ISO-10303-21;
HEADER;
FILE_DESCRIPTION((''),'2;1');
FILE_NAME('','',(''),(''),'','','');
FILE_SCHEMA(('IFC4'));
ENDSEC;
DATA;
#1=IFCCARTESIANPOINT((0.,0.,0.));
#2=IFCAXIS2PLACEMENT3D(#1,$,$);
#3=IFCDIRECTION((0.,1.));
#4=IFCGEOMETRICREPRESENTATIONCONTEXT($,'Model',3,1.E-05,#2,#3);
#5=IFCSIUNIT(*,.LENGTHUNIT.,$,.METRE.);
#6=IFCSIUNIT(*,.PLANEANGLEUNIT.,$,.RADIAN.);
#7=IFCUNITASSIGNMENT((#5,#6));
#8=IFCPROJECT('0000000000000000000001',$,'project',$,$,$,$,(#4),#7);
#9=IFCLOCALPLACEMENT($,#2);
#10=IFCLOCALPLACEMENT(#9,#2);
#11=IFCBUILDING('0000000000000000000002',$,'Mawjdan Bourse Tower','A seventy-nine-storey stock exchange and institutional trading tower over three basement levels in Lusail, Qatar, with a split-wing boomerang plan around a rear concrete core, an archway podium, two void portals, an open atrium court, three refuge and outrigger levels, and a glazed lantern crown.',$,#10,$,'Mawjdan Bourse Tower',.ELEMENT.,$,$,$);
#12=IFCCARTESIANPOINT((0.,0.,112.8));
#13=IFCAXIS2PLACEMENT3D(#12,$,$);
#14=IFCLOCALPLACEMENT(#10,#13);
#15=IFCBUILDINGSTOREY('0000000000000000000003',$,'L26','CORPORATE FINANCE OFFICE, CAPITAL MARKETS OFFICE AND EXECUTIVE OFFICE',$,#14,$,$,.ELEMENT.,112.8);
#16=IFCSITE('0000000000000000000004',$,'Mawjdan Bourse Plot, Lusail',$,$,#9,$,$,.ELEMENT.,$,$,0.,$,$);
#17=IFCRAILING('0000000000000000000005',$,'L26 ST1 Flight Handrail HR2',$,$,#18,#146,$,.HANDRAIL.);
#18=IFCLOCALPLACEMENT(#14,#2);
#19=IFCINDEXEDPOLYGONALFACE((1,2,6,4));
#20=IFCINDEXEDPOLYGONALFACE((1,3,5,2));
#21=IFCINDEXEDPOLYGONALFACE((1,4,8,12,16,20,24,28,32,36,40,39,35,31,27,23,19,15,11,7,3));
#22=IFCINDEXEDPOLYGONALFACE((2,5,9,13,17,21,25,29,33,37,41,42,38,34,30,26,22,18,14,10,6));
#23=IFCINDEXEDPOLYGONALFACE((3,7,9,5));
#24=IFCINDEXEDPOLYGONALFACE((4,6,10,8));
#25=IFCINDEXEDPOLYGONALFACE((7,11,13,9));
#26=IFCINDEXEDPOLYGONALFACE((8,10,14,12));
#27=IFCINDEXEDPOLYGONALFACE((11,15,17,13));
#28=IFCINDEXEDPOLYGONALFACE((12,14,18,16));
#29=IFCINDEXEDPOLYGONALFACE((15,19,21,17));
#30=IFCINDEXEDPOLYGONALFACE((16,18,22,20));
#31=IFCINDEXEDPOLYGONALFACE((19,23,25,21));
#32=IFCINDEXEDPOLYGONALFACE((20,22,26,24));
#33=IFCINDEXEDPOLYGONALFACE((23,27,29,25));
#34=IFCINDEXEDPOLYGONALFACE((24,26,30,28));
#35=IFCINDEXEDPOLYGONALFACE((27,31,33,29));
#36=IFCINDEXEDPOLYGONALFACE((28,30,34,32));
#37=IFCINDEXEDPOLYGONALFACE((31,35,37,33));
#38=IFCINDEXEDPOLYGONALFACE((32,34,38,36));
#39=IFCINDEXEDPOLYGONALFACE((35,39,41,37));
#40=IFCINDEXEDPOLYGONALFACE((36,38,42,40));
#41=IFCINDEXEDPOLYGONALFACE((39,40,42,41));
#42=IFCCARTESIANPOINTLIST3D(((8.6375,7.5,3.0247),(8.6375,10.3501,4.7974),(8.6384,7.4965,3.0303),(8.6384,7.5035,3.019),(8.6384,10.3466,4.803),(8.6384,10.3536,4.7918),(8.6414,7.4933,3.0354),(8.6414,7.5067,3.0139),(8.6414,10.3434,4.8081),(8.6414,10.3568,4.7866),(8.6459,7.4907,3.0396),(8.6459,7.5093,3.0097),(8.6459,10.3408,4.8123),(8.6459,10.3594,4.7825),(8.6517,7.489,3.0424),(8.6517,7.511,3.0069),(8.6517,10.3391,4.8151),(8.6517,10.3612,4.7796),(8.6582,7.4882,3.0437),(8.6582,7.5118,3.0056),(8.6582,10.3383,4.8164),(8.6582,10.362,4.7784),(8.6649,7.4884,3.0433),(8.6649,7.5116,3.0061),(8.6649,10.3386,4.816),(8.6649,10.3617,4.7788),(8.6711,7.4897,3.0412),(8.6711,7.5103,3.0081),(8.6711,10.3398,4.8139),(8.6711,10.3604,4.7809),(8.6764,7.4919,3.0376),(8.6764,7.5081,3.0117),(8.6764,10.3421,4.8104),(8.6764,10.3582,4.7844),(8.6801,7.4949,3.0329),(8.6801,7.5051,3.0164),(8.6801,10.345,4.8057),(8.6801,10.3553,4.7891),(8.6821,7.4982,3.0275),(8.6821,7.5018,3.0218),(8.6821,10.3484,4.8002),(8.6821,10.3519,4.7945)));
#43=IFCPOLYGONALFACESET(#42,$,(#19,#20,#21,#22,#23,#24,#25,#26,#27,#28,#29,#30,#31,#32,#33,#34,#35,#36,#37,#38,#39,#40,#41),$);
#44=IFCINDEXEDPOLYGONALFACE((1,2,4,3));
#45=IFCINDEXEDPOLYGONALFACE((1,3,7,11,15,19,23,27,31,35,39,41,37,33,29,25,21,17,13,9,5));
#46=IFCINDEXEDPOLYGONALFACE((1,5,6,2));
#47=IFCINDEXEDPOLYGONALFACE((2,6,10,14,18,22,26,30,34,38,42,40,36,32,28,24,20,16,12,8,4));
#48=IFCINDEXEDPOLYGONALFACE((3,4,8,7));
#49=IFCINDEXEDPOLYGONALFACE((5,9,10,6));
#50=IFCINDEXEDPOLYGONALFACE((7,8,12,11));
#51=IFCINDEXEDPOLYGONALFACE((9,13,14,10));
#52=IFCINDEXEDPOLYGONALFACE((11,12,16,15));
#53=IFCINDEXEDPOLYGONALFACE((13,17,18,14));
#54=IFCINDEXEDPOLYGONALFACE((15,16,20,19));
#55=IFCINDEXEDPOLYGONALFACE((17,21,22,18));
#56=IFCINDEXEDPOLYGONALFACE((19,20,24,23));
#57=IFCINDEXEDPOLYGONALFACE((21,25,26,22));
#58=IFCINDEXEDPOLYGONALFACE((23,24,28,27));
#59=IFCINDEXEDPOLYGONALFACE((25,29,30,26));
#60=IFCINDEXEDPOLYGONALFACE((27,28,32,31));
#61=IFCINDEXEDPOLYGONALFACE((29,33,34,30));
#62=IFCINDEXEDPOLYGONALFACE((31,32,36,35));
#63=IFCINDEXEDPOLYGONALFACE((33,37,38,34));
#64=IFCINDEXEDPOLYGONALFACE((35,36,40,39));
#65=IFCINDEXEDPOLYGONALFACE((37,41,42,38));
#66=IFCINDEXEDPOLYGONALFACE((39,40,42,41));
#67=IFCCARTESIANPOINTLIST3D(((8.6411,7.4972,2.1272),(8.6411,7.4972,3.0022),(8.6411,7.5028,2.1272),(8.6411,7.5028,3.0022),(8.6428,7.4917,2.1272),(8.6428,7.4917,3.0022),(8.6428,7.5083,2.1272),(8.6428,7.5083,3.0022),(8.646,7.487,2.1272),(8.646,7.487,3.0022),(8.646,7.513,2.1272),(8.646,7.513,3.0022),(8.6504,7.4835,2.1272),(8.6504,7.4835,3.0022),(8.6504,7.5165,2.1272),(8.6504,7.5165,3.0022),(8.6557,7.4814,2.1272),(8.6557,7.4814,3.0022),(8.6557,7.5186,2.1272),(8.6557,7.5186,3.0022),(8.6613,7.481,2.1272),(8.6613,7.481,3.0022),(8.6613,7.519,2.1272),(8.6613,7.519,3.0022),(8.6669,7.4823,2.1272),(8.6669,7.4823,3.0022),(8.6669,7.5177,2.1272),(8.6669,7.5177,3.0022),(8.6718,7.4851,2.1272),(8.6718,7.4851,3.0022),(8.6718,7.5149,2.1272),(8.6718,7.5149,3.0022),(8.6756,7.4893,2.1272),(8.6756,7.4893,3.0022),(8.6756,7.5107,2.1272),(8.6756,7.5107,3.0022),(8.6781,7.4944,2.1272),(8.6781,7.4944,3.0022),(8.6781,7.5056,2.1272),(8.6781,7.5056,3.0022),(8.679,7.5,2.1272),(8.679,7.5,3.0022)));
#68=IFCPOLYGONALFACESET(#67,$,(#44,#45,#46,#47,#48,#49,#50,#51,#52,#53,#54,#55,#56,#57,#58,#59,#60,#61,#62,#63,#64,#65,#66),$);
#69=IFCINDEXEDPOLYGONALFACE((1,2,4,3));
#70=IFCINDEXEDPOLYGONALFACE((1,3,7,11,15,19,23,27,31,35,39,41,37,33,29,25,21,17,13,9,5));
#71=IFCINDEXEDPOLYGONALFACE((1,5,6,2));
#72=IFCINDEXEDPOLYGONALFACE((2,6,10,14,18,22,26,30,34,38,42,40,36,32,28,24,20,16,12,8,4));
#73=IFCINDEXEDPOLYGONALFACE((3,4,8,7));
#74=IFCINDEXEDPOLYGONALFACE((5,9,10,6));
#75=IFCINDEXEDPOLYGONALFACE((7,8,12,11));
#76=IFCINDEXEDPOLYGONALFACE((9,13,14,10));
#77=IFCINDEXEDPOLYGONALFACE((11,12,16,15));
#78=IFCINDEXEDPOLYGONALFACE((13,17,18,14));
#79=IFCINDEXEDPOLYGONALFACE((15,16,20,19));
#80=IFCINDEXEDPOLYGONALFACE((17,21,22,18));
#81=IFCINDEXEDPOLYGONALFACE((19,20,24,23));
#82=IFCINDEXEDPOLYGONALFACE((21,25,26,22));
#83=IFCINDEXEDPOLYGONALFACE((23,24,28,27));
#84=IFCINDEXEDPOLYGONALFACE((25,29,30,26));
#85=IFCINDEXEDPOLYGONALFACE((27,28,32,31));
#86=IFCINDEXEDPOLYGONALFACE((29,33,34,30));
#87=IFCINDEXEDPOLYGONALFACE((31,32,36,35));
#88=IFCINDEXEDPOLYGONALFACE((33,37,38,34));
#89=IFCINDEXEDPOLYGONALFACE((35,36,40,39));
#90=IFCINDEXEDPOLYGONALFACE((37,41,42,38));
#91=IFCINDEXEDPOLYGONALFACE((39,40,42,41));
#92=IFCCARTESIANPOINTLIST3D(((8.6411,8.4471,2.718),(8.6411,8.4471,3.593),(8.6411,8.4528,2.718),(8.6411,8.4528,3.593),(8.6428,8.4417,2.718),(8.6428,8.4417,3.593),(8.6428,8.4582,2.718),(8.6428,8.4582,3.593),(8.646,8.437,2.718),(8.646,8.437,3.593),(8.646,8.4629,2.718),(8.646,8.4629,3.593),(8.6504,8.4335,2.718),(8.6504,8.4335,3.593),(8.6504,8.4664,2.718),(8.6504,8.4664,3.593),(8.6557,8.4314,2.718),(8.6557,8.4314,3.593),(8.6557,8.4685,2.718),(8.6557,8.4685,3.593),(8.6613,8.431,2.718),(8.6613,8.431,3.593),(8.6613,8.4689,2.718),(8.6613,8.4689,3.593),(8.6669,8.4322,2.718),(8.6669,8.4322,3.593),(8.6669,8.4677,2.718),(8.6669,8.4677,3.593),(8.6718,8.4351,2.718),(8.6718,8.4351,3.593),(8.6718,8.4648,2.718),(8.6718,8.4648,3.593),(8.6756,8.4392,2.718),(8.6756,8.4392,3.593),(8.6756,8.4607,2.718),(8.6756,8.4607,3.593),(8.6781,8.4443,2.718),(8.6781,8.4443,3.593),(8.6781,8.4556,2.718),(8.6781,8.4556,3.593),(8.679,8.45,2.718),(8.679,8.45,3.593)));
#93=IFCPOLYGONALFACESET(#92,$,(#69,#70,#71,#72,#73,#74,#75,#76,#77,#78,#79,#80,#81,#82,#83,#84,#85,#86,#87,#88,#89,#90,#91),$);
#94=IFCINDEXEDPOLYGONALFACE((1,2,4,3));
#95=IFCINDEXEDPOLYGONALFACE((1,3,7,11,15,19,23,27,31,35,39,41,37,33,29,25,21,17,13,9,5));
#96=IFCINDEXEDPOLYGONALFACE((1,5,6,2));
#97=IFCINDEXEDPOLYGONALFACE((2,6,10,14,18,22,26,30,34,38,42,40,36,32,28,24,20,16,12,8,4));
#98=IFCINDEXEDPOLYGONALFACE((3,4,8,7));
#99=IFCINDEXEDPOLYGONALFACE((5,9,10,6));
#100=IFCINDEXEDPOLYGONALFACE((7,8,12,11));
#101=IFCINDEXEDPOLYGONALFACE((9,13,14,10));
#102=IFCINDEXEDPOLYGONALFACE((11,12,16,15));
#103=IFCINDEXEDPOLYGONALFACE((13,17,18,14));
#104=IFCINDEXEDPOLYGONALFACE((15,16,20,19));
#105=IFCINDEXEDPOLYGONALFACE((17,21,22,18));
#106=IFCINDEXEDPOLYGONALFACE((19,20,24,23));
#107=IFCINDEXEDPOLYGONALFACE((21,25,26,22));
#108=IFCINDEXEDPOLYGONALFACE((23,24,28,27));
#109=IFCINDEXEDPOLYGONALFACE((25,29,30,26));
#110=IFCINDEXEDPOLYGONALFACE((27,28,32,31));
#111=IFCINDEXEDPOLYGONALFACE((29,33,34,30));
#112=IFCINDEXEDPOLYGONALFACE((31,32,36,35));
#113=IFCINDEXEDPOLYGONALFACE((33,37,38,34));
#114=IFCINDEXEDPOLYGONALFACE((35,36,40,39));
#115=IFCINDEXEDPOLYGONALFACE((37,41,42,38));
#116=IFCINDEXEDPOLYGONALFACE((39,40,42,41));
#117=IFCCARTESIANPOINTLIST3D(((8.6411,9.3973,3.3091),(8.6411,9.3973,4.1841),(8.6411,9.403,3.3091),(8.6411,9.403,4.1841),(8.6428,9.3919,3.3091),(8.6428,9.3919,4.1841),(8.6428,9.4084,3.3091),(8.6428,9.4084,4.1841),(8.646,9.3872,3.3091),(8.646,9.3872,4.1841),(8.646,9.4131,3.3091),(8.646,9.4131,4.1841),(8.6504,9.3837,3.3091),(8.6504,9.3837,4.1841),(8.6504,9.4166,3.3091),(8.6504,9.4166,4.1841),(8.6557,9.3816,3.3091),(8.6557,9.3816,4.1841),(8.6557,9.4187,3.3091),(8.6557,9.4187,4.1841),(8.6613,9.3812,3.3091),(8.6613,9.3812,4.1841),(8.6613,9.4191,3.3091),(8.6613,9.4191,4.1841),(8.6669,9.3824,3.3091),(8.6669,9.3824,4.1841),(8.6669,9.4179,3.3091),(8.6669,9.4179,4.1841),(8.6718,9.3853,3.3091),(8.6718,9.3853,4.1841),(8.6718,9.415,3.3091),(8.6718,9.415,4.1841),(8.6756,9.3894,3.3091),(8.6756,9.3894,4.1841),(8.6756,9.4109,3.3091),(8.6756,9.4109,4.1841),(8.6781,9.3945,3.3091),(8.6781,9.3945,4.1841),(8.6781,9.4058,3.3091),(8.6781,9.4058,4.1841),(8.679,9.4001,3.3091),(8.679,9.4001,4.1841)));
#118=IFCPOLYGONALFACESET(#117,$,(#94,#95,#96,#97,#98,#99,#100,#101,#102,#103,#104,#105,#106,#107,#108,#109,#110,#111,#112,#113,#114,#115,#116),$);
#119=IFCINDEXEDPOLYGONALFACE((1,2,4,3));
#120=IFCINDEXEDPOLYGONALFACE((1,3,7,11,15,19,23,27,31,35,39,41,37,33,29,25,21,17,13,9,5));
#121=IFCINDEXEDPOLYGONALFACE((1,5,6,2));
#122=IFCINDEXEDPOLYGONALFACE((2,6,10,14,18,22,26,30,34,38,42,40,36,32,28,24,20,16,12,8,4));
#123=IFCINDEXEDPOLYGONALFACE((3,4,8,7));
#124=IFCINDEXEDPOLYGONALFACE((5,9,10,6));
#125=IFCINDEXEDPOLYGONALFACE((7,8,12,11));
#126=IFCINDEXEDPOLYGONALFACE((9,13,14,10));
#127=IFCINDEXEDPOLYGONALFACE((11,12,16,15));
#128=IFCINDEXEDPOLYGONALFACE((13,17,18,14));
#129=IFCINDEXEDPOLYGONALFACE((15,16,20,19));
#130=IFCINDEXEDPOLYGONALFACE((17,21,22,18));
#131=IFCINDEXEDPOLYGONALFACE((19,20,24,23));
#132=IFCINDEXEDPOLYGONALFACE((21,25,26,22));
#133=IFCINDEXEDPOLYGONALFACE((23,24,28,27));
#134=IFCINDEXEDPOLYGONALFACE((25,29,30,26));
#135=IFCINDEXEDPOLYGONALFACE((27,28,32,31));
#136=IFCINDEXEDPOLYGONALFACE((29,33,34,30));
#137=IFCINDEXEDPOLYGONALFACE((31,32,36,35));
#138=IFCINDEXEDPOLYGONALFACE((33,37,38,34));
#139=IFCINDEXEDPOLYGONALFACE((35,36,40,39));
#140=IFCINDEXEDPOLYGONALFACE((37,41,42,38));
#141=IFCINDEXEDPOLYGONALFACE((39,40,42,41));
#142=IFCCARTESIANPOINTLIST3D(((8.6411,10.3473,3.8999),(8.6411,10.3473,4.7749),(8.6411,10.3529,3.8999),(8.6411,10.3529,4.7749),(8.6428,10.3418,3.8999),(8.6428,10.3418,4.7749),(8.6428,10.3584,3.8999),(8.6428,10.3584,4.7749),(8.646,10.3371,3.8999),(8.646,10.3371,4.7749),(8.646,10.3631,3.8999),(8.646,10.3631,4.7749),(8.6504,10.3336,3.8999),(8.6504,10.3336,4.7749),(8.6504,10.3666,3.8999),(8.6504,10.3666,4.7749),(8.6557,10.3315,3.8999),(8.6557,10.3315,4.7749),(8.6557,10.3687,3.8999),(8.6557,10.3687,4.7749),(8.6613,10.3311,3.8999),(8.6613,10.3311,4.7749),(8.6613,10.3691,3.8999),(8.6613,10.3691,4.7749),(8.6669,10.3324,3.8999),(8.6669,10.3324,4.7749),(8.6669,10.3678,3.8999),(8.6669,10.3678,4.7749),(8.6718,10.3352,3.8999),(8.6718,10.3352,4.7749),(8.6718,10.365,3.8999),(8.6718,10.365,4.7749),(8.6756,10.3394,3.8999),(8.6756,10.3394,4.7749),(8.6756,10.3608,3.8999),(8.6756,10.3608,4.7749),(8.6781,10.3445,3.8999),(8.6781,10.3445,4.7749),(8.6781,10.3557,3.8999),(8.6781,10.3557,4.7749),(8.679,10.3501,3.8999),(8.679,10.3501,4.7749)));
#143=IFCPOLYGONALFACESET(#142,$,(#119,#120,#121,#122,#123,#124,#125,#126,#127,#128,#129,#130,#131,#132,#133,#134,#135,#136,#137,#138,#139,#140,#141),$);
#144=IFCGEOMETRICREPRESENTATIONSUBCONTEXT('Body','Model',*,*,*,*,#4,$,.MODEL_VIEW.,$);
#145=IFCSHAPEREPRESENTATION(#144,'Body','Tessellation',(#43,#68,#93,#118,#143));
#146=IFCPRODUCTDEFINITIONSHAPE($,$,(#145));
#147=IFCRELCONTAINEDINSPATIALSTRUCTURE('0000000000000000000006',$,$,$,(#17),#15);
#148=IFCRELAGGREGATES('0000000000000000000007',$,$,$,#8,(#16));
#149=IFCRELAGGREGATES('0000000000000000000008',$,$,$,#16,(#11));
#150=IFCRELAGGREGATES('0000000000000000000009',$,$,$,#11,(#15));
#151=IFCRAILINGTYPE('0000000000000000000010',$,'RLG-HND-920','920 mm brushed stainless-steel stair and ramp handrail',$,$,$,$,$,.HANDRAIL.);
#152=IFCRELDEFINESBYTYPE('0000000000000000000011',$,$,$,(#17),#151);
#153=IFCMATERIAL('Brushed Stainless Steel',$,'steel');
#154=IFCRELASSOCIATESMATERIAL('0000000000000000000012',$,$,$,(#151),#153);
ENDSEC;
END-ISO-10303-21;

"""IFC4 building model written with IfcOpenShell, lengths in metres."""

from ifc_helpers import new_model, si_unit, direction, frame, origin, origin_2d, place, context, subcontext, project, spatial, circle, extrude, material, type_object, element, save


model = new_model("IFC4")

# Units and contexts
model_context = context("Model", 3, precision=1e-05, world=origin(), true_north=direction((0.0, 1.0)))
body_context = subcontext(model_context, "Body", "Model", "MODEL_VIEW")
ifc_project = project(units=[si_unit("LENGTHUNIT", "METRE"), si_unit("PLANEANGLEUNIT", "RADIAN")], contexts=[model_context])

# Site, building, storey
site_placement = place(None, origin())
site = spatial("IfcSite", under=ifc_project, at=site_placement, Name="Mawjdan Bourse Plot, Lusail", CompositionType="ELEMENT", RefElevation=0.0)
building_placement = place(site_placement, origin())
building = spatial("IfcBuilding", under=site, at=building_placement, Name="Mawjdan Bourse Tower", Description="A seventy-nine-storey stock exchange and institutional trading tower over three basement levels in Lusail, Qatar, with a split-wing boomerang plan around a rear concrete core, an archway podium, two void portals, an open atrium court, three refuge and outrigger levels, and a glazed lantern crown.", LongName="Mawjdan Bourse Tower", CompositionType="ELEMENT")
storey_placement = place(building_placement, frame((0.0, 0.0, 112.8)))
storey = spatial("IfcBuildingStorey", under=building, at=storey_placement, Name="L26", Description="CORPORATE FINANCE OFFICE, CAPITAL MARKETS OFFICE AND EXECUTIVE OFFICE", CompositionType="ELEMENT", Elevation=112.8)

# Railing
ifc_material_1 = material(Name="Brushed Stainless Steel", Category="steel")
railing_type_1 = type_object("IfcRailingType", Name="RLG-HND-920", Description="920 mm brushed stainless-steel stair and ramp handrail", PredefinedType="HANDRAIL", material=ifc_material_1)
railing_1_placement = place(storey_placement, frame((8.6599, 7.5, 2.1272)))
element("IfcRailing", 1, at=railing_1_placement, inside=storey, type_object=railing_type_1, Name="L26 ST1 Flight Handrail HR2", PredefinedType="HANDRAIL", context=body_context, shape_type="SweptSolid", body=[
    extrude(circle(Radius=0.0225, at=origin_2d()), frame((0.0, 0.0, 0.8975), z_axis=(0.0, 0.849149, 0.528154), x_axis=(-1.0, 0.0, 0.0)), (0.0, 0.0, 1.0), 3.3564),
    extrude(circle(Radius=0.019, at=origin_2d()), origin(), (0.0, 0.0, 1.0), 0.875),
    extrude(circle(Radius=0.019, at=origin_2d()), frame((0.0, 0.95, 0.5908)), (0.0, 0.0, 1.0), 0.875),
    extrude(circle(Radius=0.019, at=origin_2d()), frame((0.0, 1.9001, 1.1819)), (0.0, 0.0, 1.0), 0.875),
    extrude(circle(Radius=0.019, at=origin_2d()), frame((0.0, 2.8501, 1.7727)), (0.0, 0.0, 1.0), 0.875),
])

save(model, "model.ifc")
